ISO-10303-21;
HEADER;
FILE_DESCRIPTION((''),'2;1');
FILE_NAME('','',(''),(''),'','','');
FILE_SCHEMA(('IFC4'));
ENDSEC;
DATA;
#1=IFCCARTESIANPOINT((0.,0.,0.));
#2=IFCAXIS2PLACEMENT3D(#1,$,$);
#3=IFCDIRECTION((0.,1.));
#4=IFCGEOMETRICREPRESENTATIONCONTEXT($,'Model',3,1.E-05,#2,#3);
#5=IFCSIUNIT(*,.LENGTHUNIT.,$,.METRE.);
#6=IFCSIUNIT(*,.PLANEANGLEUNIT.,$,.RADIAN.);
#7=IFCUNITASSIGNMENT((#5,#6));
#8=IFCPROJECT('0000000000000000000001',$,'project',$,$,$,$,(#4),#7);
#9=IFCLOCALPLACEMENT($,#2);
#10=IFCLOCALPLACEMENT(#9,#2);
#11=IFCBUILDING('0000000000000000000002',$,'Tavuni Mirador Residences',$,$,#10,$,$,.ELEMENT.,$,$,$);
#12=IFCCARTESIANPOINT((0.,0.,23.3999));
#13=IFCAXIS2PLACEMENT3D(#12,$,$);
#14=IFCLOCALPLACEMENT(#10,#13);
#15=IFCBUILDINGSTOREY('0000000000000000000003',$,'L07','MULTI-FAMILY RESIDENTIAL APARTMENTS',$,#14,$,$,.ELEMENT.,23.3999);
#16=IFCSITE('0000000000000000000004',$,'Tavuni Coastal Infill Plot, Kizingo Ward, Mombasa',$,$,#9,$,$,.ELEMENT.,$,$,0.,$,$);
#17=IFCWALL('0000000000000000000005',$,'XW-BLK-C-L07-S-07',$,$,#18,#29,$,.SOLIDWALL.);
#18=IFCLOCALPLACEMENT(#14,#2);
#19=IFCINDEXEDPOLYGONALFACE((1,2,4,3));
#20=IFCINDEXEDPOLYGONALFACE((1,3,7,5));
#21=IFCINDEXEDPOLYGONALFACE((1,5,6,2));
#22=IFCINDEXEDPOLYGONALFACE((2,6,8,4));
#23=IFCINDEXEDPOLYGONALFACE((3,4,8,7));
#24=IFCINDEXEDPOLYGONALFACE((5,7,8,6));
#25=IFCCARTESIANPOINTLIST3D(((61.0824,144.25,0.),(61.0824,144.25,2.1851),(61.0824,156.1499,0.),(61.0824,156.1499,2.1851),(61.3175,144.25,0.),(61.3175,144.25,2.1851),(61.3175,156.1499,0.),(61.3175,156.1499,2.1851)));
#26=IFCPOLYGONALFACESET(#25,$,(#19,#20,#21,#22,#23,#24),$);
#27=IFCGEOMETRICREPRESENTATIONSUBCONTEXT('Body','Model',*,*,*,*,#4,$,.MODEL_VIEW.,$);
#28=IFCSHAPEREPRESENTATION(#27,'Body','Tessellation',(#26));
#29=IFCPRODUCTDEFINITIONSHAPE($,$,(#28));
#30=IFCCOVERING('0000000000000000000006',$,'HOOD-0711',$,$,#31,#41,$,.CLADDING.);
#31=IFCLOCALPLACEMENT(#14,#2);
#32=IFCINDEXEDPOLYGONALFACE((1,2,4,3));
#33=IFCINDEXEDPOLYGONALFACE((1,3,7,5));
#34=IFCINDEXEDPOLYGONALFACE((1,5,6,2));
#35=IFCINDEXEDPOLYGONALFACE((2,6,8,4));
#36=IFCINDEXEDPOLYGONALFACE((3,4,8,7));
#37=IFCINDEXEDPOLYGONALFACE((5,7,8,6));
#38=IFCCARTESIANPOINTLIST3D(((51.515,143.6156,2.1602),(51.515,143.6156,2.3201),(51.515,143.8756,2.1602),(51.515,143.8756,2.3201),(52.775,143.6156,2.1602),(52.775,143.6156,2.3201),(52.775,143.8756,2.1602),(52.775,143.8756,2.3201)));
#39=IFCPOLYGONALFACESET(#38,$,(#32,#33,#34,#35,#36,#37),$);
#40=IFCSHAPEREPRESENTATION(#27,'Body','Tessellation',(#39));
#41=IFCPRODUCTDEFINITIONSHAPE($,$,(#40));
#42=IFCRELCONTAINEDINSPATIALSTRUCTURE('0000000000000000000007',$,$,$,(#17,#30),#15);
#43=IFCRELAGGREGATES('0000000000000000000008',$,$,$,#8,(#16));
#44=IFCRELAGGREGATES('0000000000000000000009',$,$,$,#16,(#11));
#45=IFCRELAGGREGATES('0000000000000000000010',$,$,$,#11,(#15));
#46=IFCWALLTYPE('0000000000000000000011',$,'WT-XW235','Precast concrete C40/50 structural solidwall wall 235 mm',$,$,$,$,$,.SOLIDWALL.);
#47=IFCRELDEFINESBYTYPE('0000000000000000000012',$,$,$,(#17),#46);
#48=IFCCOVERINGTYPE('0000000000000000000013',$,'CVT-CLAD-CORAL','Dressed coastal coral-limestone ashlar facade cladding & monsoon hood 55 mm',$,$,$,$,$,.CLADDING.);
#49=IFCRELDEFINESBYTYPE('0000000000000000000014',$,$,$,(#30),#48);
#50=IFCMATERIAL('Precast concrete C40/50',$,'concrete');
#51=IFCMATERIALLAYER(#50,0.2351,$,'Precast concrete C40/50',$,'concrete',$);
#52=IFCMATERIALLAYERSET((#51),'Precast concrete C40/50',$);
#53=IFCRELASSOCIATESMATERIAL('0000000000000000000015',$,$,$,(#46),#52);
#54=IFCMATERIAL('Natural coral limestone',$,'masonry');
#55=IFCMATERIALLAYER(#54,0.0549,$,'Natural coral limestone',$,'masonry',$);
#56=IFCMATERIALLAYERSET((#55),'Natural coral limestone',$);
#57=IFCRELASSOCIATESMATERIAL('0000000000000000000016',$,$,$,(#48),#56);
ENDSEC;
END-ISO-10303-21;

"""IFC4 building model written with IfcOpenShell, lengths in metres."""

from ifc_helpers import new_model, si_unit, direction, frame, frame_2d, origin, origin_2d, place, context, subcontext, project, spatial, rectangle, extrude, material, layer, layer_set, type_object, element, save


model = new_model("IFC4")

# Units and contexts
model_context = context("Model", 3, precision=1e-05, world=origin(), true_north=direction((0.0, 1.0)))
body_context = subcontext(model_context, "Body", "Model", "MODEL_VIEW")
ifc_project = project(units=[si_unit("LENGTHUNIT", "METRE"), si_unit("PLANEANGLEUNIT", "RADIAN")], contexts=[model_context])

# Site, building, storey
site_placement = place(None, origin())
site = spatial("IfcSite", under=ifc_project, at=site_placement, Name="Tavuni Coastal Infill Plot, Kizingo Ward, Mombasa", CompositionType="ELEMENT", RefElevation=0.0)
building_placement = place(site_placement, origin())
building = spatial("IfcBuilding", under=site, at=building_placement, Name="Tavuni Mirador Residences", CompositionType="ELEMENT")
storey_placement = place(building_placement, frame((0.0, 0.0, 23.3999)))
storey = spatial("IfcBuildingStorey", under=building, at=storey_placement, Name="L07", Description="MULTI-FAMILY RESIDENTIAL APARTMENTS", CompositionType="ELEMENT", Elevation=23.3999)

# Shared definitions
ifc_material_1 = material(Name="Precast concrete C40/50", Category="concrete")

# Wall
ifc_layer_1 = layer(ifc_material_1, 0.2351, Name="Precast concrete C40/50", Category="concrete")
ifc_layer_set_1 = layer_set([ifc_layer_1], Name="Precast concrete C40/50")
wall_type_1 = type_object("IfcWallType", Name="WT-XW235", Description="Precast concrete C40/50 structural solidwall wall 235 mm", PredefinedType="SOLIDWALL", material=ifc_layer_set_1)
for number, where, z_axis, x_axis, name in (
    (1, (61.2, 144.25, 0.0), (0.0, 0.0, 1.0), (0.0, 1.0, 0.0), "XW-BLK-C-L07-S-07"),
):
    element("IfcWall", number, at=place(storey_placement, frame(where, z_axis=z_axis, x_axis=x_axis)), inside=storey, type_object=wall_type_1, Name=name, PredefinedType="SOLIDWALL", context=body_context, shape_type="SweptSolid", body=[
        extrude(rectangle(XDim=11.8999, YDim=0.2351, at=frame_2d((5.95, 0.0))), origin(), (0.0, 0.0, 1.0), 2.1851),
    ])

# Covering
ifc_material_2 = material(Name="Natural coral limestone", Category="masonry")
ifc_layer_2 = layer(ifc_material_2, 0.0549, Name="Natural coral limestone", Category="masonry")
ifc_layer_set_2 = layer_set([ifc_layer_2], Name="Natural coral limestone")
covering_type = type_object("IfcCoveringType", Name="CVT-CLAD-CORAL", Description="Dressed coastal coral-limestone ashlar facade cladding & monsoon hood 55 mm", PredefinedType="CLADDING", material=ifc_layer_set_2)
covering_placement = place(storey_placement, frame((52.145, 143.7456, 2.1602), z_axis=(0.0, 0.0, 1.0), x_axis=(1.0, 0.0, 0.0)))
element("IfcCovering", 2, at=covering_placement, inside=storey, type_object=covering_type, Name="HOOD-0711", PredefinedType="CLADDING", context=body_context, shape_type="SweptSolid", body=[
    extrude(rectangle(XDim=1.26, YDim=0.26, at=origin_2d()), origin(), (0.0, 0.0, 1.0), 0.1599),
])

save(model, "model.ifc")
